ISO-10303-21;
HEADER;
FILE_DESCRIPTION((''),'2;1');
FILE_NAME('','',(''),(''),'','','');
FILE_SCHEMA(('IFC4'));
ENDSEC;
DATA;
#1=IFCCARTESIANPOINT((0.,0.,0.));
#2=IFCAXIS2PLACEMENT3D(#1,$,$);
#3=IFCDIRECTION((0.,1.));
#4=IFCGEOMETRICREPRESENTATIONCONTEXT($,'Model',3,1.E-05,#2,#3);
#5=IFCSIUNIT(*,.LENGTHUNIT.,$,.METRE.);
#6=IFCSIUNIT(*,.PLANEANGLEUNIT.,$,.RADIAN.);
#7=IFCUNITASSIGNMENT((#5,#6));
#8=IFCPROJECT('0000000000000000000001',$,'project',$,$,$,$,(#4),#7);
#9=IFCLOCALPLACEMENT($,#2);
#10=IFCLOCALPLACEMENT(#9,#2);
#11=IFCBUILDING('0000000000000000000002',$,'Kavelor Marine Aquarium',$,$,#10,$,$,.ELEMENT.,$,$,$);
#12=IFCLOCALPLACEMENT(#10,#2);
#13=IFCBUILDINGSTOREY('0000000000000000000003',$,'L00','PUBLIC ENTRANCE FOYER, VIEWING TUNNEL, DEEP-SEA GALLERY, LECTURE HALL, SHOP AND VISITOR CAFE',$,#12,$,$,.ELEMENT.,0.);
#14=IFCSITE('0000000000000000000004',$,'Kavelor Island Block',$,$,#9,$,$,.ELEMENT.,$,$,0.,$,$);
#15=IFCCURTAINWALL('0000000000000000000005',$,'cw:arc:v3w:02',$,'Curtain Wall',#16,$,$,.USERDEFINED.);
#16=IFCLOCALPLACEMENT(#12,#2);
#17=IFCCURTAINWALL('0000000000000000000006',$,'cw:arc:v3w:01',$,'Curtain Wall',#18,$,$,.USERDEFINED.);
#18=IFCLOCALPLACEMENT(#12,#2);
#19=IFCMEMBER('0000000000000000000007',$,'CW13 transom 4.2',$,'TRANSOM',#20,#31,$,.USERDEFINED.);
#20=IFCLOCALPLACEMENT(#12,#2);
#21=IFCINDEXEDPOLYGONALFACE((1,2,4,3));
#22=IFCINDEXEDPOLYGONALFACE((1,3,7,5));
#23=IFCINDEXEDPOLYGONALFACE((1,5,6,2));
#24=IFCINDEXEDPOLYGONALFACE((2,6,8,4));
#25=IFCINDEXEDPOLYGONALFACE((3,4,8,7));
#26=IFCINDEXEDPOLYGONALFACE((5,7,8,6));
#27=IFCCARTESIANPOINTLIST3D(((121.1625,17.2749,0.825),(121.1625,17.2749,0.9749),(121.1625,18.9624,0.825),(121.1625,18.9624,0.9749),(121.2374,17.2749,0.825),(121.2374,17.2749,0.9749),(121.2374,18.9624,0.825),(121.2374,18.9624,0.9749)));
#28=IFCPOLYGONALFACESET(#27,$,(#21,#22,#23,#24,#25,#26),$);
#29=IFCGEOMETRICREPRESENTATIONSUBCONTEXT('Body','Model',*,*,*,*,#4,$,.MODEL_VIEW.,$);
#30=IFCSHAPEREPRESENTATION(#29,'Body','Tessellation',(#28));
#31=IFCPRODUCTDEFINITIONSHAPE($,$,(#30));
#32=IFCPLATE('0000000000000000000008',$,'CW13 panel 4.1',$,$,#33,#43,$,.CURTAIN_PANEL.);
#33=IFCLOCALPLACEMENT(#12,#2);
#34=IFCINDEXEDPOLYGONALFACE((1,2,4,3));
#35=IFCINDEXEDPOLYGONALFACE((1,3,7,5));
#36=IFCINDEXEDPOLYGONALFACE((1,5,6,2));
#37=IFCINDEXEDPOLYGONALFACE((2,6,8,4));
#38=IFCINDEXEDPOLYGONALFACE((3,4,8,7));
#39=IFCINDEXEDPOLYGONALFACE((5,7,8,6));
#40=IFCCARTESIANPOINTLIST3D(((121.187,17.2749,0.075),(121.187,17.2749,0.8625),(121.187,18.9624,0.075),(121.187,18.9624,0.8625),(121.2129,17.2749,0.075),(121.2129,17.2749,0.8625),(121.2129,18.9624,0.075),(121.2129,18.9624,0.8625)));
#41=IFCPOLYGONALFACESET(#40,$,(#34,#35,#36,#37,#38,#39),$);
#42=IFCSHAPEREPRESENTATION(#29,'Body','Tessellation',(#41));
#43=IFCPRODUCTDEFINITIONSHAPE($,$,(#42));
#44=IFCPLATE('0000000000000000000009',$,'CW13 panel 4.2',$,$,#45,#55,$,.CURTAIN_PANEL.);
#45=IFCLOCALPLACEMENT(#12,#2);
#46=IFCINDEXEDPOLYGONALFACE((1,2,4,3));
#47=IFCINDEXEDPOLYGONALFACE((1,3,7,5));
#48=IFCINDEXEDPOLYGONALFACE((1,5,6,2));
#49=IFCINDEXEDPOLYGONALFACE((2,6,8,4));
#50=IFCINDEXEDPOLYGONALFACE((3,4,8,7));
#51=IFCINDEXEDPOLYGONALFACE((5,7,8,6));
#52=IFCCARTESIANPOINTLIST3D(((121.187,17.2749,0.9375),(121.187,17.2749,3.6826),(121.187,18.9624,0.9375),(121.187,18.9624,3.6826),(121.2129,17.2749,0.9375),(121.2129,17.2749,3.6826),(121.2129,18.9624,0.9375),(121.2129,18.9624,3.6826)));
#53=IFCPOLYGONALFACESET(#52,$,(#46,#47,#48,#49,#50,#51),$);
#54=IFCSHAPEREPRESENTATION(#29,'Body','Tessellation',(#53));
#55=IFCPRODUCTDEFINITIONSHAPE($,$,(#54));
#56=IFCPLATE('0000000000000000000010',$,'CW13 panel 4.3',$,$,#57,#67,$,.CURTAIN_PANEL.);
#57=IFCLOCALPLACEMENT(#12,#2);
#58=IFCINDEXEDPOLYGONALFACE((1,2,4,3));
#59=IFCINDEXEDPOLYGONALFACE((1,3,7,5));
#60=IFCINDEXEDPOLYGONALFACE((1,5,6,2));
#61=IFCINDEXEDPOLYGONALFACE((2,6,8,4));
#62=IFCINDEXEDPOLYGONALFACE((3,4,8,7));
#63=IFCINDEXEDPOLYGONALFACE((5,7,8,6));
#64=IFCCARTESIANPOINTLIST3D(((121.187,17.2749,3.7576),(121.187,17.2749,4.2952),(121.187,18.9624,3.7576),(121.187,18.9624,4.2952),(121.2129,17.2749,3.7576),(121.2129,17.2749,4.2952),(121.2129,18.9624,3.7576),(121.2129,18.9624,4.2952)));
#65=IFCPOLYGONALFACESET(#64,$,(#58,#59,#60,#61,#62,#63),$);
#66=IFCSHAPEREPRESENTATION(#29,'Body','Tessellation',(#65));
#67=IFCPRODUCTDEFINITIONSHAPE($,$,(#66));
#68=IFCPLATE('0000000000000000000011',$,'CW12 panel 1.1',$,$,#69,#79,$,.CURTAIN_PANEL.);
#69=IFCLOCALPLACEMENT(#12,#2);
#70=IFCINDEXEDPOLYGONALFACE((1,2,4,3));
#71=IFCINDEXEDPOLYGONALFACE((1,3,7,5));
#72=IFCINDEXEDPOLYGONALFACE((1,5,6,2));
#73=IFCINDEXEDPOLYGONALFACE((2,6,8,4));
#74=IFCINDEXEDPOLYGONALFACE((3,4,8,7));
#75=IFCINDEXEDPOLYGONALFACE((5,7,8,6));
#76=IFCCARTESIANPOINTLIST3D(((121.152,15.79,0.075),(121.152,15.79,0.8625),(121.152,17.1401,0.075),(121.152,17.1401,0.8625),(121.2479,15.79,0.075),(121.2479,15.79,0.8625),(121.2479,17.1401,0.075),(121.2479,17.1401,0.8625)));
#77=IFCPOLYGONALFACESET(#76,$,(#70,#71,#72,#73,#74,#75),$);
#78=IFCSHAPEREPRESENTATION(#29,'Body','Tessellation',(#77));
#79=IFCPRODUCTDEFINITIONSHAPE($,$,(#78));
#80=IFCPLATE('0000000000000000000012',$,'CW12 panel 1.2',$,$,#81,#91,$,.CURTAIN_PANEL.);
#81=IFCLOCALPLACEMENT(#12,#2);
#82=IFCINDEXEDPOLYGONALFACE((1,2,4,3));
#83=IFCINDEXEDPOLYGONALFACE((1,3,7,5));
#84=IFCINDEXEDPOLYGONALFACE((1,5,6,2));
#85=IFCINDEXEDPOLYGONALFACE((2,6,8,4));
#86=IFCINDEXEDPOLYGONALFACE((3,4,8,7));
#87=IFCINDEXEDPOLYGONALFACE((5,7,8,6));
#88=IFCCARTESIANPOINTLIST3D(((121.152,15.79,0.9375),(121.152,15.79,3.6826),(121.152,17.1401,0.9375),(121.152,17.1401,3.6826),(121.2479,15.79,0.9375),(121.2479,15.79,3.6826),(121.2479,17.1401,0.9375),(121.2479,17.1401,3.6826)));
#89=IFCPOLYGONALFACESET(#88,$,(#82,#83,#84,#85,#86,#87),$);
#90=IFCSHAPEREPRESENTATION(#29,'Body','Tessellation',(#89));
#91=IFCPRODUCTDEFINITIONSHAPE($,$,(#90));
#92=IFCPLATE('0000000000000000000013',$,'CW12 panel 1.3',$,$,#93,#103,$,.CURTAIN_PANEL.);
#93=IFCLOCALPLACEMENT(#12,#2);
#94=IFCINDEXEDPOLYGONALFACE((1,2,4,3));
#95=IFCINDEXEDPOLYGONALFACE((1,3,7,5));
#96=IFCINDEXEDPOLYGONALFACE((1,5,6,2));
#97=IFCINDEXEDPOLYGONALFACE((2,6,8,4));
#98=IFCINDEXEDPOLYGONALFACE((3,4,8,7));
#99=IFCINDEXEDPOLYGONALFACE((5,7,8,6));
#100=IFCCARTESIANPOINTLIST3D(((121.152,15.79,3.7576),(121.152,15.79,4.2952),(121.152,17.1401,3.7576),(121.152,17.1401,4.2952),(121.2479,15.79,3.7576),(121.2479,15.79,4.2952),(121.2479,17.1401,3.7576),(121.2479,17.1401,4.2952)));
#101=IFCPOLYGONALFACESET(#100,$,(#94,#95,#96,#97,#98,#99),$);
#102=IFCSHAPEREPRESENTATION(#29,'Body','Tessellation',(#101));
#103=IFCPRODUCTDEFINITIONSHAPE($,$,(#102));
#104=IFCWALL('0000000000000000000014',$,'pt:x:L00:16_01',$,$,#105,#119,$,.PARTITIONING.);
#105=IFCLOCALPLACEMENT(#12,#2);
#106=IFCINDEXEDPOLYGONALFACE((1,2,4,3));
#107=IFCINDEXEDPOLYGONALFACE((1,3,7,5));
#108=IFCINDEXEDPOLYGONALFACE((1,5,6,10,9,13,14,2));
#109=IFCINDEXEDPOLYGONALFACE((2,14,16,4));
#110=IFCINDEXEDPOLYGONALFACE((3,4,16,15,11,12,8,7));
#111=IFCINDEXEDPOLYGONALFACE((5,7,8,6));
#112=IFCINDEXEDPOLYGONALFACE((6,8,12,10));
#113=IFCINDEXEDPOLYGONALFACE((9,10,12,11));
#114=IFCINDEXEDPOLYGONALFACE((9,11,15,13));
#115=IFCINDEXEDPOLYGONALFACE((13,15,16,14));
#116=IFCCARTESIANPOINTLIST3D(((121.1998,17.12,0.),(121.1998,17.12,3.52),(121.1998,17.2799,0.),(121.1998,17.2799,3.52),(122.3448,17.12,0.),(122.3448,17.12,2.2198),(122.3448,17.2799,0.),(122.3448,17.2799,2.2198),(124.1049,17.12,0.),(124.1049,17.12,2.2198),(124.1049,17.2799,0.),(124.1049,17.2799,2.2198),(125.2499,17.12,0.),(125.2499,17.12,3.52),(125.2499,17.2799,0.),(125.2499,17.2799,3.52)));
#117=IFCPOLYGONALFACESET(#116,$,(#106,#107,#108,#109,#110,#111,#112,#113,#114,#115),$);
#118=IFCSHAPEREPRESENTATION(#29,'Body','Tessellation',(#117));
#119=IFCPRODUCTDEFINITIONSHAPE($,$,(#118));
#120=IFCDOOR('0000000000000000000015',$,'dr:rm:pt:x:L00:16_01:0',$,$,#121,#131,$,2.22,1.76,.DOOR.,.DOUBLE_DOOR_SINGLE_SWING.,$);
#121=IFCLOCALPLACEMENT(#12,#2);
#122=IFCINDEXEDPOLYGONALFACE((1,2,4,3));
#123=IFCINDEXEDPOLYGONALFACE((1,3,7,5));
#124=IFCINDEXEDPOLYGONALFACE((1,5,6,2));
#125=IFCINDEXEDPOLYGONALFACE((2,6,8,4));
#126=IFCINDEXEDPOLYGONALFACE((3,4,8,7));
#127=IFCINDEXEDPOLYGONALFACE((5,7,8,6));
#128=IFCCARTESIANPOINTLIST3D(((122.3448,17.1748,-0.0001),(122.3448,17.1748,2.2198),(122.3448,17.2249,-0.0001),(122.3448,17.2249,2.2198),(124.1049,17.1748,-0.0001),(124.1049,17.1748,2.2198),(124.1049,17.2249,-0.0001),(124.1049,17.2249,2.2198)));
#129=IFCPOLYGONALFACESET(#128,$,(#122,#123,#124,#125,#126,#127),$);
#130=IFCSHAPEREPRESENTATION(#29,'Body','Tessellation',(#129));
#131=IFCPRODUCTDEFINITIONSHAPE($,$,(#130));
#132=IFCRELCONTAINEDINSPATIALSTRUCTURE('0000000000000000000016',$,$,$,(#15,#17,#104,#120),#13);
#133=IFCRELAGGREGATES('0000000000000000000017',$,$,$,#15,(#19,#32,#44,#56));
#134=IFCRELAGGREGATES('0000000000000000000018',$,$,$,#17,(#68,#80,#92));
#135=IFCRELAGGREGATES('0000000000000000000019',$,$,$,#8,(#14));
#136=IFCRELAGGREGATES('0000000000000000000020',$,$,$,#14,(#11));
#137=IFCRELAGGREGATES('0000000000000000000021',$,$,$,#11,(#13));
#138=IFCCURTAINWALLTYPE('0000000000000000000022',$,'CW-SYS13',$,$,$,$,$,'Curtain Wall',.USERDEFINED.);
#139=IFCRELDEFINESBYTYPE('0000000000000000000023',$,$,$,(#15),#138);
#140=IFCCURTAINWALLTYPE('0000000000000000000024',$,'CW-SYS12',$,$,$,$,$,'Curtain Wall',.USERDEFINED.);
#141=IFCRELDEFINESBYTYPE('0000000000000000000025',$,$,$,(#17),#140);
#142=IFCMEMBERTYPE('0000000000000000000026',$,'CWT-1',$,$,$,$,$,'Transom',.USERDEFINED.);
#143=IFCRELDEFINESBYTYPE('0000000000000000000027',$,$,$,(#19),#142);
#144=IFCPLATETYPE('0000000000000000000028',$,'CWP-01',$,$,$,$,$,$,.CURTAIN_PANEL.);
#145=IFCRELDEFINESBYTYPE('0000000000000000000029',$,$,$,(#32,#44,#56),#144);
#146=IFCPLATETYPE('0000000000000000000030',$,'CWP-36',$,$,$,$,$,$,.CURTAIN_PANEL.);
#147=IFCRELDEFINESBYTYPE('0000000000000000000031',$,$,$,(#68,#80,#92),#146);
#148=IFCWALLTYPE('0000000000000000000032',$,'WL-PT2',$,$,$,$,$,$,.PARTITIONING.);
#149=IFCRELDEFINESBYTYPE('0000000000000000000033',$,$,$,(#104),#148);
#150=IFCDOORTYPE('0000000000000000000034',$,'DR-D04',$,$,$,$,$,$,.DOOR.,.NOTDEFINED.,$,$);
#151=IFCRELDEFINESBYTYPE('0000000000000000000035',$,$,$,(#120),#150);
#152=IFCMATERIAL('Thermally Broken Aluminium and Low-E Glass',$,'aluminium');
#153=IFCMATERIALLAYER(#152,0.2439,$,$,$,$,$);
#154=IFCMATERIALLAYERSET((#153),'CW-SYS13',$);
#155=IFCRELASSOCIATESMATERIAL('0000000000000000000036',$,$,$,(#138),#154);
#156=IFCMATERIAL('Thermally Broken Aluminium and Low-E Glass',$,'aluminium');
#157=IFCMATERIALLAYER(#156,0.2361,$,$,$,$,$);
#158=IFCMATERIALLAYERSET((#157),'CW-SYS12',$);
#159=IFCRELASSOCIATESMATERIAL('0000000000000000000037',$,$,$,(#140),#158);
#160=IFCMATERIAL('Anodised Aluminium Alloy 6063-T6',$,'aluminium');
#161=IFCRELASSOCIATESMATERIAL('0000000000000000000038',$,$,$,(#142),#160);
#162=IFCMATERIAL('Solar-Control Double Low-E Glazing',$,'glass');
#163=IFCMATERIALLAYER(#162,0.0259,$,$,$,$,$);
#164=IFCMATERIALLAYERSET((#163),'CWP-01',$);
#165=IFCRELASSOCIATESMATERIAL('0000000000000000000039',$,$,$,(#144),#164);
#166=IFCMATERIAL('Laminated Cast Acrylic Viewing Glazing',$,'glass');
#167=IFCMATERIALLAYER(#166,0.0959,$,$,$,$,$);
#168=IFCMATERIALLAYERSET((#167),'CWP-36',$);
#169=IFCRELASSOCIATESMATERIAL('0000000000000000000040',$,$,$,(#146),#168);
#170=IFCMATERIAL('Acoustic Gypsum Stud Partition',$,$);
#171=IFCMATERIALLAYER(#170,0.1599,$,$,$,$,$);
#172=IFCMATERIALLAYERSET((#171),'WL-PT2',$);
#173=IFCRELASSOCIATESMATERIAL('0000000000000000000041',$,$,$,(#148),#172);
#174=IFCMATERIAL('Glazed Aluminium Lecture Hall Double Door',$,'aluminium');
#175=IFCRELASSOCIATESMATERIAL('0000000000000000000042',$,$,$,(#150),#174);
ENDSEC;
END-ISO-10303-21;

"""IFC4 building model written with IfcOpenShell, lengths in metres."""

from ifc_helpers import new_model, si_unit, direction, frame, frame_2d, origin, origin_2d, place, context, subcontext, project, spatial, rectangle, extrude, material, layer, layer_set, material_profile, profile_set, type_object, element, fill, aggregate, save


model = new_model("IFC4")

# Units and contexts
model_context = context("Model", 3, precision=1e-05, world=origin(), true_north=direction((0.0, 1.0)))
body_context = subcontext(model_context, "Body", "Model", "MODEL_VIEW")
ifc_project = project(units=[si_unit("LENGTHUNIT", "METRE"), si_unit("PLANEANGLEUNIT", "RADIAN")], contexts=[model_context])

# Site, building, storey
site_placement = place(None, origin())
site = spatial("IfcSite", under=ifc_project, at=site_placement, Name="Kavelor Island Block", CompositionType="ELEMENT", RefElevation=0.0)
building_placement = place(site_placement, origin())
building = spatial("IfcBuilding", under=site, at=building_placement, Name="Kavelor Marine Aquarium", CompositionType="ELEMENT")
storey_placement = place(building_placement, origin())
storey = spatial("IfcBuildingStorey", under=building, at=storey_placement, Name="L00", Description="PUBLIC ENTRANCE FOYER, VIEWING TUNNEL, DEEP-SEA GALLERY, LECTURE HALL, SHOP AND VISITOR CAFE", CompositionType="ELEMENT", Elevation=0.0)

# Curtain wall
ifc_material_1 = material(Name="Thermally Broken Aluminium and Low-E Glass", Category="aluminium")
ifc_layer_1 = layer(ifc_material_1, 0.2439)
ifc_layer_set_1 = layer_set([ifc_layer_1], Name="CW-SYS13")
curtain_wall_type_1 = type_object("IfcCurtainWallType", Name="CW-SYS13", ElementType="Curtain Wall", PredefinedType="USERDEFINED", material=ifc_layer_set_1)
curtain_wall_1_placement = place(storey_placement, origin())
curtain_wall_1 = element("IfcCurtainWall", 1, at=curtain_wall_1_placement, inside=storey, type_object=curtain_wall_type_1, Name="cw:arc:v3w:02", ObjectType="Curtain Wall", PredefinedType="USERDEFINED")

# Curtain wall
ifc_material_2 = material(Name="Thermally Broken Aluminium and Low-E Glass", Category="aluminium")
ifc_layer_2 = layer(ifc_material_2, 0.2361)
ifc_layer_set_2 = layer_set([ifc_layer_2], Name="CW-SYS12")
curtain_wall_type_2 = type_object("IfcCurtainWallType", Name="CW-SYS12", ElementType="Curtain Wall", PredefinedType="USERDEFINED", material=ifc_layer_set_2)
curtain_wall_2_placement = place(storey_placement, origin())
curtain_wall_2 = element("IfcCurtainWall", 2, at=curtain_wall_2_placement, inside=storey, type_object=curtain_wall_type_2, Name="cw:arc:v3w:01", ObjectType="Curtain Wall", PredefinedType="USERDEFINED")
ifc_material_3 = material(Name="Anodised Aluminium Alloy 6063-T6", Category="aluminium")
ifc_material_profile_1 = material_profile(ifc_material_3, rectangle(XDim=0.075, YDim=0.1499, at=origin_2d()), Name="CW-TRN 75x150")
ifc_profile_set_1 = profile_set([ifc_material_profile_1], Name="Anodised Aluminium Alloy 6063-T6")
member_type_1 = type_object("IfcMemberType", Name="CWT-1", ElementType="Transom", PredefinedType="USERDEFINED", material=ifc_profile_set_1)

# Member
member_1_placement = place(storey_placement, frame((121.2, 18.9624, 0.8999), z_axis=(0.0, -1.0, 0.0), x_axis=(1.0, 0.0, 0.0)))
member_1 = element("IfcMember", 3, at=member_1_placement, type_object=member_type_1, Name="CW13 transom 4.2", ObjectType="TRANSOM", PredefinedType="USERDEFINED", context=body_context, shape_type="SweptSolid", body=[
    extrude(rectangle(XDim=0.075, YDim=0.1499, at=origin_2d()), origin(), (0.0, 0.0, 1.0), 1.6875),
])

# Plates
ifc_material_4 = material(Name="Solar-Control Double Low-E Glazing", Category="glass")
ifc_layer_3 = layer(ifc_material_4, 0.0259)
ifc_layer_set_3 = layer_set([ifc_layer_3], Name="CWP-01")
plate_type_1 = type_object("IfcPlateType", Name="CWP-01", PredefinedType="CURTAIN_PANEL", material=ifc_layer_set_3)
plate_1_placement = place(storey_placement, frame((121.2, 18.1187, 0.075), z_axis=(0.0, 0.0, 1.0), x_axis=(0.0, -1.0, 0.0)))
plate_1 = element("IfcPlate", 4, at=plate_1_placement, type_object=plate_type_1, Name="CW13 panel 4.1", PredefinedType="CURTAIN_PANEL", context=body_context, shape_type="SweptSolid", body=[
    extrude(rectangle(XDim=1.6875, YDim=0.0259, at=origin_2d()), origin(), (0.0, 0.0, 1.0), 0.7876),
])
plate_2_placement = place(storey_placement, frame((121.2, 18.1187, 0.9375), z_axis=(0.0, 0.0, 1.0), x_axis=(0.0, -1.0, 0.0)))
plate_2 = element("IfcPlate", 5, at=plate_2_placement, type_object=plate_type_1, Name="CW13 panel 4.2", PredefinedType="CURTAIN_PANEL", context=body_context, shape_type="SweptSolid", body=[
    extrude(rectangle(XDim=1.6875, YDim=0.0259, at=origin_2d()), origin(), (0.0, 0.0, 1.0), 2.7451),
])
plate_3_placement = place(storey_placement, frame((121.2, 18.1187, 3.7576), z_axis=(0.0, 0.0, 1.0), x_axis=(0.0, -1.0, 0.0)))
plate_3 = element("IfcPlate", 6, at=plate_3_placement, type_object=plate_type_1, Name="CW13 panel 4.3", PredefinedType="CURTAIN_PANEL", context=body_context, shape_type="SweptSolid", body=[
    extrude(rectangle(XDim=1.6875, YDim=0.0259, at=origin_2d()), origin(), (0.0, 0.0, 1.0), 0.5376),
])
aggregate(curtain_wall_1, [member_1, plate_1, plate_2, plate_3])
ifc_material_5 = material(Name="Laminated Cast Acrylic Viewing Glazing", Category="glass")
ifc_layer_4 = layer(ifc_material_5, 0.0959)
ifc_layer_set_4 = layer_set([ifc_layer_4], Name="CWP-36")
plate_type_2 = type_object("IfcPlateType", Name="CWP-36", PredefinedType="CURTAIN_PANEL", material=ifc_layer_set_4)
plate_4_placement = place(storey_placement, frame((121.2, 16.4651, 0.075), z_axis=(0.0, 0.0, 1.0), x_axis=(0.0, -1.0, 0.0)))
plate_4 = element("IfcPlate", 7, at=plate_4_placement, type_object=plate_type_2, Name="CW12 panel 1.1", PredefinedType="CURTAIN_PANEL", context=body_context, shape_type="SweptSolid", body=[
    extrude(rectangle(XDim=1.3501, YDim=0.0959, at=origin_2d()), origin(), (0.0, 0.0, 1.0), 0.7876),
])
plate_5_placement = place(storey_placement, frame((121.2, 16.4651, 0.9375), z_axis=(0.0, 0.0, 1.0), x_axis=(0.0, -1.0, 0.0)))
plate_5 = element("IfcPlate", 8, at=plate_5_placement, type_object=plate_type_2, Name="CW12 panel 1.2", PredefinedType="CURTAIN_PANEL", context=body_context, shape_type="SweptSolid", body=[
    extrude(rectangle(XDim=1.3501, YDim=0.0959, at=origin_2d()), origin(), (0.0, 0.0, 1.0), 2.7451),
])
plate_6_placement = place(storey_placement, frame((121.2, 16.4651, 3.7576), z_axis=(0.0, 0.0, 1.0), x_axis=(0.0, -1.0, 0.0)))
plate_6 = element("IfcPlate", 9, at=plate_6_placement, type_object=plate_type_2, Name="CW12 panel 1.3", PredefinedType="CURTAIN_PANEL", context=body_context, shape_type="SweptSolid", body=[
    extrude(rectangle(XDim=1.3501, YDim=0.0959, at=origin_2d()), origin(), (0.0, 0.0, 1.0), 0.5376),
])
aggregate(curtain_wall_2, [plate_4, plate_5, plate_6])

# Wall, opening, door
ifc_material_6 = material(Name="Acoustic Gypsum Stud Partition")
ifc_layer_5 = layer(ifc_material_6, 0.1599)
ifc_layer_set_5 = layer_set([ifc_layer_5], Name="WL-PT2")
wall_type = type_object("IfcWallType", Name="WL-PT2", PredefinedType="PARTITIONING", material=ifc_layer_set_5)
wall_placement = place(storey_placement, frame((121.2, 17.2, 0.0), z_axis=(0.0, 0.0, 1.0), x_axis=(1.0, 0.0, 0.0)))
wall = element("IfcWall", 10, at=wall_placement, inside=storey, type_object=wall_type, Name="pt:x:L00:16_01", PredefinedType="PARTITIONING", context=body_context, shape_type="SweptSolid", body=[
    extrude(rectangle(XDim=4.05, YDim=0.1599, at=frame_2d((2.0249, 0.0))), origin(), (0.0, 0.0, 1.0), 3.52),
])
opening_placement = place(wall_placement, frame((1.145, 0.0, 0.0)))
opening = element("IfcOpeningElement", 11, at=opening_placement, cuts=wall, PredefinedType="OPENING", context=body_context, shape_type="SweptSolid", body=[
    extrude(rectangle(XDim=1.76, YDim=2.22, at=frame_2d((0.8799, 1.1099))), frame((0.0, 0.0898, 0.0), z_axis=(0.0, -1.0, 0.0), x_axis=(1.0, 0.0, 0.0)), (0.0, 0.0, 1.0), 0.1799),
])
ifc_material_7 = material(Name="Glazed Aluminium Lecture Hall Double Door", Category="aluminium")
door_type = type_object("IfcDoorType", Name="DR-D04", OperationType="NOTDEFINED", PredefinedType="DOOR", material=ifc_material_7)
door_placement = place(opening_placement, origin())
door = element("IfcDoor", 12, at=door_placement, inside=storey, type_object=door_type, Name="dr:rm:pt:x:L00:16_01:0", OperationType="DOUBLE_DOOR_SINGLE_SWING", OverallHeight=2.22, OverallWidth=1.76, PredefinedType="DOOR", context=body_context, shape_type="SweptSolid", body=[
    extrude(rectangle(XDim=1.76, YDim=2.22, at=frame_2d((0.8799, 1.1099))), frame((0.0, 0.0249, 0.0), z_axis=(0.0, -1.0, 0.0), x_axis=(1.0, 0.0, 0.0)), (0.0, 0.0, 1.0), 0.05),
])
fill(opening, door)

save(model, "model.ifc")
